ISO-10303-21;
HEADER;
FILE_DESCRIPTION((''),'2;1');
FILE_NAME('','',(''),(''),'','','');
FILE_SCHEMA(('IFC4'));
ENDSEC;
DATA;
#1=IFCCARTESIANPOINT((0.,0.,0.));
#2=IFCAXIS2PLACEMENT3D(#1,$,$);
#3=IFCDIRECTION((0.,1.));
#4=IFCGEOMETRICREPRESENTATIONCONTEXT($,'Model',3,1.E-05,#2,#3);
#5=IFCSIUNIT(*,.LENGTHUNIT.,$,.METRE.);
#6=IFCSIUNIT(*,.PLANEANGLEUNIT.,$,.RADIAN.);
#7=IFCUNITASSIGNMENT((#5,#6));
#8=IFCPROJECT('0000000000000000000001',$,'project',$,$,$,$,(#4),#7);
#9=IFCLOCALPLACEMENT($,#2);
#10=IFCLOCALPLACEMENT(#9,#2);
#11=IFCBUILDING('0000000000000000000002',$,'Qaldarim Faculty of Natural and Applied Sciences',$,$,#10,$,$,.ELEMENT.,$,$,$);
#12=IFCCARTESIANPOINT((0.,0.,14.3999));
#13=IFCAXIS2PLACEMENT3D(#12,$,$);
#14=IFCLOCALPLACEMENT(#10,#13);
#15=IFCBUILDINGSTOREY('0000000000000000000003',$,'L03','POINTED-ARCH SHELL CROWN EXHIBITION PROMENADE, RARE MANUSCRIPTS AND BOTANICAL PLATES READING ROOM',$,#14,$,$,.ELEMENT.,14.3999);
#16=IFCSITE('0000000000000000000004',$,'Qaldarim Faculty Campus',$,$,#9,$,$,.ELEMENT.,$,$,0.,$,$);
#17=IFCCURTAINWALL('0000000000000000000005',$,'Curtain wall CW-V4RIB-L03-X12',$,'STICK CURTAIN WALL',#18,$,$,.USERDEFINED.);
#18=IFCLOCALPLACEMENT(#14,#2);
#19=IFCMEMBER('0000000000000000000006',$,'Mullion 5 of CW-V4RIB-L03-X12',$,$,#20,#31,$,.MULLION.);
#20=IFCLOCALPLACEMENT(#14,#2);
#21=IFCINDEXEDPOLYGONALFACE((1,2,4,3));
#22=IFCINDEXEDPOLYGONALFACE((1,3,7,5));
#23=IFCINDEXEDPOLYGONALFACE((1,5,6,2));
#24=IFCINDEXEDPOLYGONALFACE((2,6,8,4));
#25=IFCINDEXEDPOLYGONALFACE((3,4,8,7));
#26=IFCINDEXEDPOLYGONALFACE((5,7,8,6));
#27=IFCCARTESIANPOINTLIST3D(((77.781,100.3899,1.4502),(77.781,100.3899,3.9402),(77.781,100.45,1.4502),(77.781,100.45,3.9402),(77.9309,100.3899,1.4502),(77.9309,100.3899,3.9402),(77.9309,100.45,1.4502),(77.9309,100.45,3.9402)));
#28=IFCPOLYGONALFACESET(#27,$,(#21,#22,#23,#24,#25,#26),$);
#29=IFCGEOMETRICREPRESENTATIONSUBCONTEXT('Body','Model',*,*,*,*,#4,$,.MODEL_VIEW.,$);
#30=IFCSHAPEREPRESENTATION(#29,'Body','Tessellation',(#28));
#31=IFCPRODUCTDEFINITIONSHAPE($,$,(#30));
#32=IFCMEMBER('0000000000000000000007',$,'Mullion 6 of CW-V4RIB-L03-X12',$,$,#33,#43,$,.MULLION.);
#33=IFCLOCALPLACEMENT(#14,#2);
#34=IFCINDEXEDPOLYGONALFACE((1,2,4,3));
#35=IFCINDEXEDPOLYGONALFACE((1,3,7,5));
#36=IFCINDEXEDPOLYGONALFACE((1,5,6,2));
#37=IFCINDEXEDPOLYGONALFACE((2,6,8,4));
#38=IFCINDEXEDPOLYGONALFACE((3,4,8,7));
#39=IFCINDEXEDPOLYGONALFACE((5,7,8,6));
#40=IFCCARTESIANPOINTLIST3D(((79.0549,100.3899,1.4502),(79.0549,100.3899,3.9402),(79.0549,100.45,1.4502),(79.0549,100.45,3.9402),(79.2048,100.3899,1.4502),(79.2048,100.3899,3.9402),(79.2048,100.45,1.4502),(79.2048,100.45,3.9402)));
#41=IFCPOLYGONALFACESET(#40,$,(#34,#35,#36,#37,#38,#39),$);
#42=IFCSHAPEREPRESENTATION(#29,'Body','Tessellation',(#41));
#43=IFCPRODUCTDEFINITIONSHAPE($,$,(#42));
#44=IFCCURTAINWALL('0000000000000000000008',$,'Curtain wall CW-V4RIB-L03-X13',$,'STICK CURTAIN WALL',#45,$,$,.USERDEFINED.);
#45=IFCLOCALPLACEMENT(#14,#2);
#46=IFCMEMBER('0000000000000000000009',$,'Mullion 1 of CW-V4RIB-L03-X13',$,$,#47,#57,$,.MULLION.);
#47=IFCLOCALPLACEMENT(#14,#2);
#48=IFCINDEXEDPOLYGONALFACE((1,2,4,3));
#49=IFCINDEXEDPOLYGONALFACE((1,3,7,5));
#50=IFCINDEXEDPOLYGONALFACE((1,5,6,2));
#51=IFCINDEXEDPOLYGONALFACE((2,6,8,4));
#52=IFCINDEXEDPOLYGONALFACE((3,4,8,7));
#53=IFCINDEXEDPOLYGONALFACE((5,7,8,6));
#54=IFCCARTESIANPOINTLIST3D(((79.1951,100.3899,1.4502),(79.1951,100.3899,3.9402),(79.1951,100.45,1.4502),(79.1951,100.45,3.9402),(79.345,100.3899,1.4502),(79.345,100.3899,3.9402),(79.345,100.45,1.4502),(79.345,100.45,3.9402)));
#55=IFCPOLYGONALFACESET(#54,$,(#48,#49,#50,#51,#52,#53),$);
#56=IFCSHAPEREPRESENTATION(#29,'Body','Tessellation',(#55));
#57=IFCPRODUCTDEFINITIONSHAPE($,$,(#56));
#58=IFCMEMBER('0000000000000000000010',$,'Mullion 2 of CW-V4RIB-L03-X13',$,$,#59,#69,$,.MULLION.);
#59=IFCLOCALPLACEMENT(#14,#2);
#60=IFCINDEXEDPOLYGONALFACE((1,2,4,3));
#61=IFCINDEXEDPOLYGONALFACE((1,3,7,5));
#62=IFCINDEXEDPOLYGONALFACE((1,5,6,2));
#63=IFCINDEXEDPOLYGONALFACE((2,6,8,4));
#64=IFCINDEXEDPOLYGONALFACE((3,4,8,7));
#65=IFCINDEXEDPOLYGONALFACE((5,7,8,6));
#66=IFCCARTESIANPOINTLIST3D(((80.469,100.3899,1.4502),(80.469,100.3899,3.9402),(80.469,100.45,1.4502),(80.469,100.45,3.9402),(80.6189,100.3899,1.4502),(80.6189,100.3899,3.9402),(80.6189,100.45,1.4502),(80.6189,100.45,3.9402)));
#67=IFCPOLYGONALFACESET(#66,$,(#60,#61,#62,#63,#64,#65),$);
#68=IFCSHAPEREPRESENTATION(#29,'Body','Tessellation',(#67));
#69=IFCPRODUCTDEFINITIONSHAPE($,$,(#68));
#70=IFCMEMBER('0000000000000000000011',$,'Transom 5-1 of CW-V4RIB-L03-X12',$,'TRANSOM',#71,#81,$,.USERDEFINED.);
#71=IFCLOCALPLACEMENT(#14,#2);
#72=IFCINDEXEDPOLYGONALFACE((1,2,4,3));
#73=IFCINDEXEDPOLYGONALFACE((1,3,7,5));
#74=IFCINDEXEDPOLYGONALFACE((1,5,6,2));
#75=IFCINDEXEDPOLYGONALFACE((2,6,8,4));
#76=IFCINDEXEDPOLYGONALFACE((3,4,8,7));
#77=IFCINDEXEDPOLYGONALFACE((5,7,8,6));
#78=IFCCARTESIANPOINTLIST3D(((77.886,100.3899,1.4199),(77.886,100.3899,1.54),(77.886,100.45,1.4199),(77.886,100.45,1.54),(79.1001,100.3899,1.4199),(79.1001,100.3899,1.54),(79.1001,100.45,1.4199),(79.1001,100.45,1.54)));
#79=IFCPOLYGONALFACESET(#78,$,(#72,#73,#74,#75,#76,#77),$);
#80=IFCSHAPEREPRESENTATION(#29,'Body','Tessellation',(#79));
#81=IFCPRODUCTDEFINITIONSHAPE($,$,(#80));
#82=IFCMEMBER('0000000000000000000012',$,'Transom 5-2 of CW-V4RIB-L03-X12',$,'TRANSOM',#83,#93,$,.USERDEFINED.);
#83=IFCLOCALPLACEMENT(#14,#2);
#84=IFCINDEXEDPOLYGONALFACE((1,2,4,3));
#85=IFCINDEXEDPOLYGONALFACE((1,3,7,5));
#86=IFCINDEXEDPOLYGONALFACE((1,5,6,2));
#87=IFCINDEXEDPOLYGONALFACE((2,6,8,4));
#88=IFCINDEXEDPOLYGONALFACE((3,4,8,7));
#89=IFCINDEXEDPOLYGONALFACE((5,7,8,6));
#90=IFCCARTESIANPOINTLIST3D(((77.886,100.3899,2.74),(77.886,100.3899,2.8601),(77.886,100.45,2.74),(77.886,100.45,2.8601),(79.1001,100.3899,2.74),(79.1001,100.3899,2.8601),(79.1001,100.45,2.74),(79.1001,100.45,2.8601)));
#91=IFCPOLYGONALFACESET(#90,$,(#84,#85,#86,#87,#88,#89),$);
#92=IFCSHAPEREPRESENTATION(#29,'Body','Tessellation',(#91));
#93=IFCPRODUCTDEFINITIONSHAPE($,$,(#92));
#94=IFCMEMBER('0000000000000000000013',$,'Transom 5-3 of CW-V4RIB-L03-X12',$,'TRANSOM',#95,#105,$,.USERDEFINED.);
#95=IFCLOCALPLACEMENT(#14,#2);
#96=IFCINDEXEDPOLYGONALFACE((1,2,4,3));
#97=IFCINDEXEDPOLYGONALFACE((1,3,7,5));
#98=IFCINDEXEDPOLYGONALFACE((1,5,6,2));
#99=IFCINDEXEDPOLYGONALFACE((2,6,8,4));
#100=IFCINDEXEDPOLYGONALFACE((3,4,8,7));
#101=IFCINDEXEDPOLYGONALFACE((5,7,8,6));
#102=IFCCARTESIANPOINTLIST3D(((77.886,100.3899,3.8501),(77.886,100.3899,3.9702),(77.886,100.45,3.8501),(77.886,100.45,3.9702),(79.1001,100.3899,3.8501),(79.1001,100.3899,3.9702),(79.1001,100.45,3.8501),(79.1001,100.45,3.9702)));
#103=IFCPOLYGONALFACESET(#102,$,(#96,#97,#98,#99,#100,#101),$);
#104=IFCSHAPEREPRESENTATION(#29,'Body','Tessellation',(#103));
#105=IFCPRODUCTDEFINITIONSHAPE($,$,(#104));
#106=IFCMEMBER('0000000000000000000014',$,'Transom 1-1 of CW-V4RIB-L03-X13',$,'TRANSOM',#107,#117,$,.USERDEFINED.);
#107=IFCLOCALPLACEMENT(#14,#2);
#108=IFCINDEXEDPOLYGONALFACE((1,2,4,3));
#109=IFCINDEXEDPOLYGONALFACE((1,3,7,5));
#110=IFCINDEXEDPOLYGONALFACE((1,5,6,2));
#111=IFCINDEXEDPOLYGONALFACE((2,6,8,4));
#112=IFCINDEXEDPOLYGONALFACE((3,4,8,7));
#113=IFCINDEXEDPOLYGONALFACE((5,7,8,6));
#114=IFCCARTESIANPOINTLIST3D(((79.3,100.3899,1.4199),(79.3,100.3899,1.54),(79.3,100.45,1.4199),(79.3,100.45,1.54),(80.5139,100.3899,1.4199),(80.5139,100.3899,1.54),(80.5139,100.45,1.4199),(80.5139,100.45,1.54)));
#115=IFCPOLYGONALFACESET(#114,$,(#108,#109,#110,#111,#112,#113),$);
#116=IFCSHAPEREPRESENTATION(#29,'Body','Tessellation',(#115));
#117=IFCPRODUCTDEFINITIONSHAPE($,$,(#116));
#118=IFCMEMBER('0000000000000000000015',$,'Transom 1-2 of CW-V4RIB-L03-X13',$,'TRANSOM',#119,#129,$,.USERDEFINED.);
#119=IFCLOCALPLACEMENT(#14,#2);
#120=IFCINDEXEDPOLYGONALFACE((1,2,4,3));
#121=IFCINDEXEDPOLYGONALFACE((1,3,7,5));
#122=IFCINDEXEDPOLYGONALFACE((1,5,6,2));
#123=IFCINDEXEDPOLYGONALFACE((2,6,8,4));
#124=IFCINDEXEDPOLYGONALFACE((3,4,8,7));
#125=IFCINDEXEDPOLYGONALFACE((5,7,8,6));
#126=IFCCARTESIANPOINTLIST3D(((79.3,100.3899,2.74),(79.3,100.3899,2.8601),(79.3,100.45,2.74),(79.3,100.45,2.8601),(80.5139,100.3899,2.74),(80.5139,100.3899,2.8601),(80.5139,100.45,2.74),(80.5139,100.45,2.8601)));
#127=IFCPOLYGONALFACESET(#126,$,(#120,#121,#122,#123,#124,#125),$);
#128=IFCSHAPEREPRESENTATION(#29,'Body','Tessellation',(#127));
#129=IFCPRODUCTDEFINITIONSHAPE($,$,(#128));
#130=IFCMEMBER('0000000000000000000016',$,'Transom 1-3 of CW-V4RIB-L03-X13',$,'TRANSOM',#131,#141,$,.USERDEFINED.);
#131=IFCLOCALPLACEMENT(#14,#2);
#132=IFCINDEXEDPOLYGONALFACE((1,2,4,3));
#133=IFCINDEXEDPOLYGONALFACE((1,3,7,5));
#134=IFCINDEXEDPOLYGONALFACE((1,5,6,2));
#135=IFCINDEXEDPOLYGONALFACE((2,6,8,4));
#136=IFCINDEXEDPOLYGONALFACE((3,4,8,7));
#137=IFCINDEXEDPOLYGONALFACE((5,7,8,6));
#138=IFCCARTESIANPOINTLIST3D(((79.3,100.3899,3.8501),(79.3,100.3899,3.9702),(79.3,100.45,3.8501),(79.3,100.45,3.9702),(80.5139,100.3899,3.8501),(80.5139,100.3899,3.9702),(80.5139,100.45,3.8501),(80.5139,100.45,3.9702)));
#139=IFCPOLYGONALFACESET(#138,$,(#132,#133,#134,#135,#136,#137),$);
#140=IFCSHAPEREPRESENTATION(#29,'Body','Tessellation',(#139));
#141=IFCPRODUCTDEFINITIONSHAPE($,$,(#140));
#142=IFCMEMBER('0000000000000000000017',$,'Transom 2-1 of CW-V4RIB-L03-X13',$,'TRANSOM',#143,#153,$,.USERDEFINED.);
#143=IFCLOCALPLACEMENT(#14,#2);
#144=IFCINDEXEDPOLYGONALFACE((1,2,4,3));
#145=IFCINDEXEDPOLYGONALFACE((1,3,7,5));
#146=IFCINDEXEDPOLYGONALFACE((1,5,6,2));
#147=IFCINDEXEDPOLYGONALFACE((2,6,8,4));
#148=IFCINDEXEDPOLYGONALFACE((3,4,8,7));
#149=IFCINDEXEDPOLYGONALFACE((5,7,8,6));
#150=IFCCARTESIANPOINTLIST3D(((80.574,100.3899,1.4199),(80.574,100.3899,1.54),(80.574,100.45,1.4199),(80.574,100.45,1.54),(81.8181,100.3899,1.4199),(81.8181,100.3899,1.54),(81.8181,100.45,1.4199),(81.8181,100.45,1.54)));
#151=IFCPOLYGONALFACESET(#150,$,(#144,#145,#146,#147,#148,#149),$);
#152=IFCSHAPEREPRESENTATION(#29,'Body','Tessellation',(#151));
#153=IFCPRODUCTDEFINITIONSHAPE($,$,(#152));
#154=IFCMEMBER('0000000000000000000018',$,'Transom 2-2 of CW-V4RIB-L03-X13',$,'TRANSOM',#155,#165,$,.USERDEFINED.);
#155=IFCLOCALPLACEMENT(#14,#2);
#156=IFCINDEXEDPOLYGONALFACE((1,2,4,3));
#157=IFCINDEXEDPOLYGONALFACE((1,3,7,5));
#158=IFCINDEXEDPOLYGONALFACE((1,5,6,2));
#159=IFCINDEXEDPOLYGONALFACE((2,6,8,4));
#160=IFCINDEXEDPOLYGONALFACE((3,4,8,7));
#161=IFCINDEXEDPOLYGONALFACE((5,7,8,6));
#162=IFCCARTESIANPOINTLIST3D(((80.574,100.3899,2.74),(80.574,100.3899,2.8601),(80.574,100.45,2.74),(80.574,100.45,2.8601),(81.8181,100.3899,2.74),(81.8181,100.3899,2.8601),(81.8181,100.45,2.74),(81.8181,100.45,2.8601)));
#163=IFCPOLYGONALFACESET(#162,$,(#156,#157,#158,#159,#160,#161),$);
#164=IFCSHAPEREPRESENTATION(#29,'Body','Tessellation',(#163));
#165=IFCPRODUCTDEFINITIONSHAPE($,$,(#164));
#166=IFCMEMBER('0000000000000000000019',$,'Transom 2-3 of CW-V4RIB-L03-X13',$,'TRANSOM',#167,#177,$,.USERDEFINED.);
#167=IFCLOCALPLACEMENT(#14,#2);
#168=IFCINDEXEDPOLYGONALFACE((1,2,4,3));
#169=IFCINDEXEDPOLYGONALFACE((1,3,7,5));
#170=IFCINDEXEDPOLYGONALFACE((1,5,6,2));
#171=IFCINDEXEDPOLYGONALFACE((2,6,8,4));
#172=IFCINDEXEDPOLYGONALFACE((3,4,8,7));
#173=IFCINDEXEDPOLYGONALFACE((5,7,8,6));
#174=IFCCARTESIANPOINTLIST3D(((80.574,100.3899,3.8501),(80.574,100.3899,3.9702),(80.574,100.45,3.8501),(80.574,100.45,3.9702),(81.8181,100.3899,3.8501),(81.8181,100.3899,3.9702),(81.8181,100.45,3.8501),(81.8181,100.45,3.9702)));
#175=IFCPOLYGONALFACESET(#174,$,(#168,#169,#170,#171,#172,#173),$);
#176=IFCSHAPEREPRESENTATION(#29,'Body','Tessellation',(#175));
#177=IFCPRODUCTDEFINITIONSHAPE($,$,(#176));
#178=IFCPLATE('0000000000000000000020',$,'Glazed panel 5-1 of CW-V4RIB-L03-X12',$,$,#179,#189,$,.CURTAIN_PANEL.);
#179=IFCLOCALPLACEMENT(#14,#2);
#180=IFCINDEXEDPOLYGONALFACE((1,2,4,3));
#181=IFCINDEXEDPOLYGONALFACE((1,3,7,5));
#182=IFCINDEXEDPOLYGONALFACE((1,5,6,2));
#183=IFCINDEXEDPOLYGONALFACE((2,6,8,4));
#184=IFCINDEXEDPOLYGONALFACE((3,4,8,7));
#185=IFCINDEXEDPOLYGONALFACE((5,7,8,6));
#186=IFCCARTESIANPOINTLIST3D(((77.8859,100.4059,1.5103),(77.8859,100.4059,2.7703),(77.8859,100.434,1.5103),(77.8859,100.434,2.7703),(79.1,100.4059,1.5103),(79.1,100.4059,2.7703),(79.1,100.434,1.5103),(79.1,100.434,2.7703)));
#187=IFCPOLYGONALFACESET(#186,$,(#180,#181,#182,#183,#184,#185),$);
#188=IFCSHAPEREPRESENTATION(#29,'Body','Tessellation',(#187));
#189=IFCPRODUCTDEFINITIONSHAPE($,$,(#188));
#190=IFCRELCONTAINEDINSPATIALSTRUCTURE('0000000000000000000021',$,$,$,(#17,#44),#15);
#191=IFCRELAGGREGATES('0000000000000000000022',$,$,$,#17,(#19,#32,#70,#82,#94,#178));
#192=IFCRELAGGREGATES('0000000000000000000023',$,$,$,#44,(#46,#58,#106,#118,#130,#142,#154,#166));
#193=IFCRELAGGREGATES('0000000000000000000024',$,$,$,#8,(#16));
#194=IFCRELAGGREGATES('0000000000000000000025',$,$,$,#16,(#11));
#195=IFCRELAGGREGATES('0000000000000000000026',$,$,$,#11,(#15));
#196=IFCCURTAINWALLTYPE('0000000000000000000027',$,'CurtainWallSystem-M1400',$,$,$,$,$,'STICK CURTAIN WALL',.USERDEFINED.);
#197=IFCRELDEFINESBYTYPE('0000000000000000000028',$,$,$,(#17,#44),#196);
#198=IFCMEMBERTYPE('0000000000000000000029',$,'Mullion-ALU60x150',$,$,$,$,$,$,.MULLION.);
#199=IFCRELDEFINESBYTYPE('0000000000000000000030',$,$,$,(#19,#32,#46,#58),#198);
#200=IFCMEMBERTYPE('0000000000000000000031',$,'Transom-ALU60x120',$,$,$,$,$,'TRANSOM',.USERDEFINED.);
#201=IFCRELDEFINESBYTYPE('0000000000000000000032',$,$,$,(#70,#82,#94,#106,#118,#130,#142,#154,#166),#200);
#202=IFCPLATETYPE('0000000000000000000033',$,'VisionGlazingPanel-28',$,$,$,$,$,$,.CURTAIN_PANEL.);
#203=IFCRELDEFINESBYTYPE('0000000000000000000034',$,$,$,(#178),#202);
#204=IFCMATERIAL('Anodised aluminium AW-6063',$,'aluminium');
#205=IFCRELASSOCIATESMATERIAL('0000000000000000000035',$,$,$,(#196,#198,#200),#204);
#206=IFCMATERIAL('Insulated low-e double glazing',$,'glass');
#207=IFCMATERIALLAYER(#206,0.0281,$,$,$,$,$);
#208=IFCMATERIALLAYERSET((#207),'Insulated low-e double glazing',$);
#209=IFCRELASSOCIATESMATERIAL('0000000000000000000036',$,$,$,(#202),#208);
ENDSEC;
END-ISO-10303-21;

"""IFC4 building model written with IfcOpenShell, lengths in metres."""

from ifc_helpers import new_model, si_unit, direction, frame, origin, origin_2d, place, context, subcontext, project, spatial, rectangle, extrude, material, layer, layer_set, material_profile, profile_set, type_object, element, aggregate, save


model = new_model("IFC4")

# Units and contexts
model_context = context("Model", 3, precision=1e-05, world=origin(), true_north=direction((0.0, 1.0)))
body_context = subcontext(model_context, "Body", "Model", "MODEL_VIEW")
ifc_project = project(units=[si_unit("LENGTHUNIT", "METRE"), si_unit("PLANEANGLEUNIT", "RADIAN")], contexts=[model_context])

# Site, building, storey
site_placement = place(None, origin())
site = spatial("IfcSite", under=ifc_project, at=site_placement, Name="Qaldarim Faculty Campus", CompositionType="ELEMENT", RefElevation=0.0)
building_placement = place(site_placement, origin())
building = spatial("IfcBuilding", under=site, at=building_placement, Name="Qaldarim Faculty of Natural and Applied Sciences", CompositionType="ELEMENT")
storey_placement = place(building_placement, frame((0.0, 0.0, 14.3999)))
storey = spatial("IfcBuildingStorey", under=building, at=storey_placement, Name="L03", Description="POINTED-ARCH SHELL CROWN EXHIBITION PROMENADE, RARE MANUSCRIPTS AND BOTANICAL PLATES READING ROOM", CompositionType="ELEMENT", Elevation=14.3999)

# Curtain walls, members
ifc_material_1 = material(Name="Anodised aluminium AW-6063", Category="aluminium")
curtain_wall_type = type_object("IfcCurtainWallType", Name="CurtainWallSystem-M1400", ElementType="STICK CURTAIN WALL", PredefinedType="USERDEFINED", material=ifc_material_1)
curtain_wall_1_placement = place(storey_placement, origin())
curtain_wall_1 = element("IfcCurtainWall", 1, at=curtain_wall_1_placement, inside=storey, type_object=curtain_wall_type, Name="Curtain wall CW-V4RIB-L03-X12", ObjectType="STICK CURTAIN WALL", PredefinedType="USERDEFINED")
ifc_material_profile_1 = material_profile(ifc_material_1, rectangle(XDim=0.0601, YDim=0.1499, at=origin_2d()), Name="ALU-M60x150")
ifc_profile_set_1 = profile_set([ifc_material_profile_1], Name="Anodised aluminium AW-6063")
member_type_1 = type_object("IfcMemberType", Name="Mullion-ALU60x150", PredefinedType="MULLION", material=ifc_profile_set_1)
member_1_placement = place(storey_placement, frame((77.856, 100.4199, 1.4502), z_axis=(0.0, 0.0, 1.0), x_axis=(0.0, 1.0, 0.0)))
member_1 = element("IfcMember", 2, at=member_1_placement, type_object=member_type_1, Name="Mullion 5 of CW-V4RIB-L03-X12", PredefinedType="MULLION", context=body_context, shape_type="SweptSolid", body=[
    extrude(rectangle(XDim=0.0601, YDim=0.1499, at=origin_2d()), origin(), (0.0, 0.0, 1.0), 2.49),
])
member_2_placement = place(storey_placement, frame((79.1299, 100.4199, 1.4502), z_axis=(0.0, 0.0, 1.0), x_axis=(0.0, 1.0, 0.0)))
member_2 = element("IfcMember", 3, at=member_2_placement, type_object=member_type_1, Name="Mullion 6 of CW-V4RIB-L03-X12", PredefinedType="MULLION", context=body_context, shape_type="SweptSolid", body=[
    extrude(rectangle(XDim=0.0601, YDim=0.1499, at=origin_2d()), origin(), (0.0, 0.0, 1.0), 2.49),
])
curtain_wall_2_placement = place(storey_placement, origin())
curtain_wall_2 = element("IfcCurtainWall", 4, at=curtain_wall_2_placement, inside=storey, type_object=curtain_wall_type, Name="Curtain wall CW-V4RIB-L03-X13", ObjectType="STICK CURTAIN WALL", PredefinedType="USERDEFINED")
member_3_placement = place(storey_placement, frame((79.27, 100.4199, 1.4502), z_axis=(0.0, 0.0, 1.0), x_axis=(0.0, 1.0, 0.0)))
member_3 = element("IfcMember", 5, at=member_3_placement, type_object=member_type_1, Name="Mullion 1 of CW-V4RIB-L03-X13", PredefinedType="MULLION", context=body_context, shape_type="SweptSolid", body=[
    extrude(rectangle(XDim=0.0601, YDim=0.1499, at=origin_2d()), origin(), (0.0, 0.0, 1.0), 2.49),
])
member_4_placement = place(storey_placement, frame((80.5439, 100.4199, 1.4502), z_axis=(0.0, 0.0, 1.0), x_axis=(0.0, 1.0, 0.0)))
member_4 = element("IfcMember", 6, at=member_4_placement, type_object=member_type_1, Name="Mullion 2 of CW-V4RIB-L03-X13", PredefinedType="MULLION", context=body_context, shape_type="SweptSolid", body=[
    extrude(rectangle(XDim=0.0601, YDim=0.1499, at=origin_2d()), origin(), (0.0, 0.0, 1.0), 2.49),
])

# Members
ifc_material_profile_2 = material_profile(ifc_material_1, rectangle(XDim=0.0601, YDim=0.1201, at=origin_2d()), Name="ALU-T60x120")
ifc_profile_set_2 = profile_set([ifc_material_profile_2], Name="Anodised aluminium AW-6063")
member_type_2 = type_object("IfcMemberType", Name="Transom-ALU60x120", ElementType="TRANSOM", PredefinedType="USERDEFINED", material=ifc_profile_set_2)
member_5_placement = place(storey_placement, frame((77.886, 100.4199, 1.48), z_axis=(1.0, 0.0, 0.0), x_axis=(0.0, 1.0, 0.0)))
member_5 = element("IfcMember", 7, at=member_5_placement, type_object=member_type_2, Name="Transom 5-1 of CW-V4RIB-L03-X12", ObjectType="TRANSOM", PredefinedType="USERDEFINED", context=body_context, shape_type="SweptSolid", body=[
    extrude(rectangle(XDim=0.0601, YDim=0.1201, at=origin_2d()), origin(), (0.0, 0.0, 1.0), 1.2141),
])
member_6_placement = place(storey_placement, frame((77.886, 100.4199, 2.8), z_axis=(1.0, 0.0, 0.0), x_axis=(0.0, 1.0, 0.0)))
member_6 = element("IfcMember", 8, at=member_6_placement, type_object=member_type_2, Name="Transom 5-2 of CW-V4RIB-L03-X12", ObjectType="TRANSOM", PredefinedType="USERDEFINED", context=body_context, shape_type="SweptSolid", body=[
    extrude(rectangle(XDim=0.0601, YDim=0.1201, at=origin_2d()), origin(), (0.0, 0.0, 1.0), 1.2141),
])
member_7_placement = place(storey_placement, frame((77.886, 100.4199, 3.9102), z_axis=(1.0, 0.0, 0.0), x_axis=(0.0, 1.0, 0.0)))
member_7 = element("IfcMember", 9, at=member_7_placement, type_object=member_type_2, Name="Transom 5-3 of CW-V4RIB-L03-X12", ObjectType="TRANSOM", PredefinedType="USERDEFINED", context=body_context, shape_type="SweptSolid", body=[
    extrude(rectangle(XDim=0.0601, YDim=0.1201, at=origin_2d()), origin(), (0.0, 0.0, 1.0), 1.2141),
])
member_8_placement = place(storey_placement, frame((79.3, 100.4199, 1.48), z_axis=(1.0, 0.0, 0.0), x_axis=(0.0, 1.0, 0.0)))
member_8 = element("IfcMember", 10, at=member_8_placement, type_object=member_type_2, Name="Transom 1-1 of CW-V4RIB-L03-X13", ObjectType="TRANSOM", PredefinedType="USERDEFINED", context=body_context, shape_type="SweptSolid", body=[
    extrude(rectangle(XDim=0.0601, YDim=0.1201, at=origin_2d()), origin(), (0.0, 0.0, 1.0), 1.2139),
])
member_9_placement = place(storey_placement, frame((79.3, 100.4199, 2.8), z_axis=(1.0, 0.0, 0.0), x_axis=(0.0, 1.0, 0.0)))
member_9 = element("IfcMember", 11, at=member_9_placement, type_object=member_type_2, Name="Transom 1-2 of CW-V4RIB-L03-X13", ObjectType="TRANSOM", PredefinedType="USERDEFINED", context=body_context, shape_type="SweptSolid", body=[
    extrude(rectangle(XDim=0.0601, YDim=0.1201, at=origin_2d()), origin(), (0.0, 0.0, 1.0), 1.2139),
])
member_10_placement = place(storey_placement, frame((79.3, 100.4199, 3.9102), z_axis=(1.0, 0.0, 0.0), x_axis=(0.0, 1.0, 0.0)))
member_10 = element("IfcMember", 12, at=member_10_placement, type_object=member_type_2, Name="Transom 1-3 of CW-V4RIB-L03-X13", ObjectType="TRANSOM", PredefinedType="USERDEFINED", context=body_context, shape_type="SweptSolid", body=[
    extrude(rectangle(XDim=0.0601, YDim=0.1201, at=origin_2d()), origin(), (0.0, 0.0, 1.0), 1.2139),
])
member_11_placement = place(storey_placement, frame((80.574, 100.4199, 1.48), z_axis=(1.0, 0.0, 0.0), x_axis=(0.0, 1.0, 0.0)))
member_11 = element("IfcMember", 13, at=member_11_placement, type_object=member_type_2, Name="Transom 2-1 of CW-V4RIB-L03-X13", ObjectType="TRANSOM", PredefinedType="USERDEFINED", context=body_context, shape_type="SweptSolid", body=[
    extrude(rectangle(XDim=0.0601, YDim=0.1201, at=origin_2d()), origin(), (0.0, 0.0, 1.0), 1.2441),
])
member_12_placement = place(storey_placement, frame((80.574, 100.4199, 2.8), z_axis=(1.0, 0.0, 0.0), x_axis=(0.0, 1.0, 0.0)))
member_12 = element("IfcMember", 14, at=member_12_placement, type_object=member_type_2, Name="Transom 2-2 of CW-V4RIB-L03-X13", ObjectType="TRANSOM", PredefinedType="USERDEFINED", context=body_context, shape_type="SweptSolid", body=[
    extrude(rectangle(XDim=0.0601, YDim=0.1201, at=origin_2d()), origin(), (0.0, 0.0, 1.0), 1.2441),
])
member_13_placement = place(storey_placement, frame((80.574, 100.4199, 3.9102), z_axis=(1.0, 0.0, 0.0), x_axis=(0.0, 1.0, 0.0)))
member_13 = element("IfcMember", 15, at=member_13_placement, type_object=member_type_2, Name="Transom 2-3 of CW-V4RIB-L03-X13", ObjectType="TRANSOM", PredefinedType="USERDEFINED", context=body_context, shape_type="SweptSolid", body=[
    extrude(rectangle(XDim=0.0601, YDim=0.1201, at=origin_2d()), origin(), (0.0, 0.0, 1.0), 1.2441),
])

# Plate
ifc_material_2 = material(Name="Insulated low-e double glazing", Category="glass")
ifc_layer_1 = layer(ifc_material_2, 0.0281)
ifc_layer_set_1 = layer_set([ifc_layer_1], Name="Insulated low-e double glazing")
plate_type = type_object("IfcPlateType", Name="VisionGlazingPanel-28", PredefinedType="CURTAIN_PANEL", material=ifc_layer_set_1)
plate_1_placement = place(storey_placement, frame((78.4929, 100.4199, 1.5103), z_axis=(0.0, 0.0, 1.0), x_axis=(1.0, 0.0, 0.0)))
plate_1 = element("IfcPlate", 16, at=plate_1_placement, type_object=plate_type, Name="Glazed panel 5-1 of CW-V4RIB-L03-X12", PredefinedType="CURTAIN_PANEL", context=body_context, shape_type="SweptSolid", body=[
    extrude(rectangle(XDim=1.2141, YDim=0.0281, at=origin_2d()), origin(), (0.0, 0.0, 1.0), 1.26),
])
aggregate(curtain_wall_1, [member_1, member_2, member_5, member_6, member_7, plate_1])
aggregate(curtain_wall_2, [member_3, member_4, member_8, member_9, member_10, member_11, member_12, member_13])

save(model, "model.ifc")
